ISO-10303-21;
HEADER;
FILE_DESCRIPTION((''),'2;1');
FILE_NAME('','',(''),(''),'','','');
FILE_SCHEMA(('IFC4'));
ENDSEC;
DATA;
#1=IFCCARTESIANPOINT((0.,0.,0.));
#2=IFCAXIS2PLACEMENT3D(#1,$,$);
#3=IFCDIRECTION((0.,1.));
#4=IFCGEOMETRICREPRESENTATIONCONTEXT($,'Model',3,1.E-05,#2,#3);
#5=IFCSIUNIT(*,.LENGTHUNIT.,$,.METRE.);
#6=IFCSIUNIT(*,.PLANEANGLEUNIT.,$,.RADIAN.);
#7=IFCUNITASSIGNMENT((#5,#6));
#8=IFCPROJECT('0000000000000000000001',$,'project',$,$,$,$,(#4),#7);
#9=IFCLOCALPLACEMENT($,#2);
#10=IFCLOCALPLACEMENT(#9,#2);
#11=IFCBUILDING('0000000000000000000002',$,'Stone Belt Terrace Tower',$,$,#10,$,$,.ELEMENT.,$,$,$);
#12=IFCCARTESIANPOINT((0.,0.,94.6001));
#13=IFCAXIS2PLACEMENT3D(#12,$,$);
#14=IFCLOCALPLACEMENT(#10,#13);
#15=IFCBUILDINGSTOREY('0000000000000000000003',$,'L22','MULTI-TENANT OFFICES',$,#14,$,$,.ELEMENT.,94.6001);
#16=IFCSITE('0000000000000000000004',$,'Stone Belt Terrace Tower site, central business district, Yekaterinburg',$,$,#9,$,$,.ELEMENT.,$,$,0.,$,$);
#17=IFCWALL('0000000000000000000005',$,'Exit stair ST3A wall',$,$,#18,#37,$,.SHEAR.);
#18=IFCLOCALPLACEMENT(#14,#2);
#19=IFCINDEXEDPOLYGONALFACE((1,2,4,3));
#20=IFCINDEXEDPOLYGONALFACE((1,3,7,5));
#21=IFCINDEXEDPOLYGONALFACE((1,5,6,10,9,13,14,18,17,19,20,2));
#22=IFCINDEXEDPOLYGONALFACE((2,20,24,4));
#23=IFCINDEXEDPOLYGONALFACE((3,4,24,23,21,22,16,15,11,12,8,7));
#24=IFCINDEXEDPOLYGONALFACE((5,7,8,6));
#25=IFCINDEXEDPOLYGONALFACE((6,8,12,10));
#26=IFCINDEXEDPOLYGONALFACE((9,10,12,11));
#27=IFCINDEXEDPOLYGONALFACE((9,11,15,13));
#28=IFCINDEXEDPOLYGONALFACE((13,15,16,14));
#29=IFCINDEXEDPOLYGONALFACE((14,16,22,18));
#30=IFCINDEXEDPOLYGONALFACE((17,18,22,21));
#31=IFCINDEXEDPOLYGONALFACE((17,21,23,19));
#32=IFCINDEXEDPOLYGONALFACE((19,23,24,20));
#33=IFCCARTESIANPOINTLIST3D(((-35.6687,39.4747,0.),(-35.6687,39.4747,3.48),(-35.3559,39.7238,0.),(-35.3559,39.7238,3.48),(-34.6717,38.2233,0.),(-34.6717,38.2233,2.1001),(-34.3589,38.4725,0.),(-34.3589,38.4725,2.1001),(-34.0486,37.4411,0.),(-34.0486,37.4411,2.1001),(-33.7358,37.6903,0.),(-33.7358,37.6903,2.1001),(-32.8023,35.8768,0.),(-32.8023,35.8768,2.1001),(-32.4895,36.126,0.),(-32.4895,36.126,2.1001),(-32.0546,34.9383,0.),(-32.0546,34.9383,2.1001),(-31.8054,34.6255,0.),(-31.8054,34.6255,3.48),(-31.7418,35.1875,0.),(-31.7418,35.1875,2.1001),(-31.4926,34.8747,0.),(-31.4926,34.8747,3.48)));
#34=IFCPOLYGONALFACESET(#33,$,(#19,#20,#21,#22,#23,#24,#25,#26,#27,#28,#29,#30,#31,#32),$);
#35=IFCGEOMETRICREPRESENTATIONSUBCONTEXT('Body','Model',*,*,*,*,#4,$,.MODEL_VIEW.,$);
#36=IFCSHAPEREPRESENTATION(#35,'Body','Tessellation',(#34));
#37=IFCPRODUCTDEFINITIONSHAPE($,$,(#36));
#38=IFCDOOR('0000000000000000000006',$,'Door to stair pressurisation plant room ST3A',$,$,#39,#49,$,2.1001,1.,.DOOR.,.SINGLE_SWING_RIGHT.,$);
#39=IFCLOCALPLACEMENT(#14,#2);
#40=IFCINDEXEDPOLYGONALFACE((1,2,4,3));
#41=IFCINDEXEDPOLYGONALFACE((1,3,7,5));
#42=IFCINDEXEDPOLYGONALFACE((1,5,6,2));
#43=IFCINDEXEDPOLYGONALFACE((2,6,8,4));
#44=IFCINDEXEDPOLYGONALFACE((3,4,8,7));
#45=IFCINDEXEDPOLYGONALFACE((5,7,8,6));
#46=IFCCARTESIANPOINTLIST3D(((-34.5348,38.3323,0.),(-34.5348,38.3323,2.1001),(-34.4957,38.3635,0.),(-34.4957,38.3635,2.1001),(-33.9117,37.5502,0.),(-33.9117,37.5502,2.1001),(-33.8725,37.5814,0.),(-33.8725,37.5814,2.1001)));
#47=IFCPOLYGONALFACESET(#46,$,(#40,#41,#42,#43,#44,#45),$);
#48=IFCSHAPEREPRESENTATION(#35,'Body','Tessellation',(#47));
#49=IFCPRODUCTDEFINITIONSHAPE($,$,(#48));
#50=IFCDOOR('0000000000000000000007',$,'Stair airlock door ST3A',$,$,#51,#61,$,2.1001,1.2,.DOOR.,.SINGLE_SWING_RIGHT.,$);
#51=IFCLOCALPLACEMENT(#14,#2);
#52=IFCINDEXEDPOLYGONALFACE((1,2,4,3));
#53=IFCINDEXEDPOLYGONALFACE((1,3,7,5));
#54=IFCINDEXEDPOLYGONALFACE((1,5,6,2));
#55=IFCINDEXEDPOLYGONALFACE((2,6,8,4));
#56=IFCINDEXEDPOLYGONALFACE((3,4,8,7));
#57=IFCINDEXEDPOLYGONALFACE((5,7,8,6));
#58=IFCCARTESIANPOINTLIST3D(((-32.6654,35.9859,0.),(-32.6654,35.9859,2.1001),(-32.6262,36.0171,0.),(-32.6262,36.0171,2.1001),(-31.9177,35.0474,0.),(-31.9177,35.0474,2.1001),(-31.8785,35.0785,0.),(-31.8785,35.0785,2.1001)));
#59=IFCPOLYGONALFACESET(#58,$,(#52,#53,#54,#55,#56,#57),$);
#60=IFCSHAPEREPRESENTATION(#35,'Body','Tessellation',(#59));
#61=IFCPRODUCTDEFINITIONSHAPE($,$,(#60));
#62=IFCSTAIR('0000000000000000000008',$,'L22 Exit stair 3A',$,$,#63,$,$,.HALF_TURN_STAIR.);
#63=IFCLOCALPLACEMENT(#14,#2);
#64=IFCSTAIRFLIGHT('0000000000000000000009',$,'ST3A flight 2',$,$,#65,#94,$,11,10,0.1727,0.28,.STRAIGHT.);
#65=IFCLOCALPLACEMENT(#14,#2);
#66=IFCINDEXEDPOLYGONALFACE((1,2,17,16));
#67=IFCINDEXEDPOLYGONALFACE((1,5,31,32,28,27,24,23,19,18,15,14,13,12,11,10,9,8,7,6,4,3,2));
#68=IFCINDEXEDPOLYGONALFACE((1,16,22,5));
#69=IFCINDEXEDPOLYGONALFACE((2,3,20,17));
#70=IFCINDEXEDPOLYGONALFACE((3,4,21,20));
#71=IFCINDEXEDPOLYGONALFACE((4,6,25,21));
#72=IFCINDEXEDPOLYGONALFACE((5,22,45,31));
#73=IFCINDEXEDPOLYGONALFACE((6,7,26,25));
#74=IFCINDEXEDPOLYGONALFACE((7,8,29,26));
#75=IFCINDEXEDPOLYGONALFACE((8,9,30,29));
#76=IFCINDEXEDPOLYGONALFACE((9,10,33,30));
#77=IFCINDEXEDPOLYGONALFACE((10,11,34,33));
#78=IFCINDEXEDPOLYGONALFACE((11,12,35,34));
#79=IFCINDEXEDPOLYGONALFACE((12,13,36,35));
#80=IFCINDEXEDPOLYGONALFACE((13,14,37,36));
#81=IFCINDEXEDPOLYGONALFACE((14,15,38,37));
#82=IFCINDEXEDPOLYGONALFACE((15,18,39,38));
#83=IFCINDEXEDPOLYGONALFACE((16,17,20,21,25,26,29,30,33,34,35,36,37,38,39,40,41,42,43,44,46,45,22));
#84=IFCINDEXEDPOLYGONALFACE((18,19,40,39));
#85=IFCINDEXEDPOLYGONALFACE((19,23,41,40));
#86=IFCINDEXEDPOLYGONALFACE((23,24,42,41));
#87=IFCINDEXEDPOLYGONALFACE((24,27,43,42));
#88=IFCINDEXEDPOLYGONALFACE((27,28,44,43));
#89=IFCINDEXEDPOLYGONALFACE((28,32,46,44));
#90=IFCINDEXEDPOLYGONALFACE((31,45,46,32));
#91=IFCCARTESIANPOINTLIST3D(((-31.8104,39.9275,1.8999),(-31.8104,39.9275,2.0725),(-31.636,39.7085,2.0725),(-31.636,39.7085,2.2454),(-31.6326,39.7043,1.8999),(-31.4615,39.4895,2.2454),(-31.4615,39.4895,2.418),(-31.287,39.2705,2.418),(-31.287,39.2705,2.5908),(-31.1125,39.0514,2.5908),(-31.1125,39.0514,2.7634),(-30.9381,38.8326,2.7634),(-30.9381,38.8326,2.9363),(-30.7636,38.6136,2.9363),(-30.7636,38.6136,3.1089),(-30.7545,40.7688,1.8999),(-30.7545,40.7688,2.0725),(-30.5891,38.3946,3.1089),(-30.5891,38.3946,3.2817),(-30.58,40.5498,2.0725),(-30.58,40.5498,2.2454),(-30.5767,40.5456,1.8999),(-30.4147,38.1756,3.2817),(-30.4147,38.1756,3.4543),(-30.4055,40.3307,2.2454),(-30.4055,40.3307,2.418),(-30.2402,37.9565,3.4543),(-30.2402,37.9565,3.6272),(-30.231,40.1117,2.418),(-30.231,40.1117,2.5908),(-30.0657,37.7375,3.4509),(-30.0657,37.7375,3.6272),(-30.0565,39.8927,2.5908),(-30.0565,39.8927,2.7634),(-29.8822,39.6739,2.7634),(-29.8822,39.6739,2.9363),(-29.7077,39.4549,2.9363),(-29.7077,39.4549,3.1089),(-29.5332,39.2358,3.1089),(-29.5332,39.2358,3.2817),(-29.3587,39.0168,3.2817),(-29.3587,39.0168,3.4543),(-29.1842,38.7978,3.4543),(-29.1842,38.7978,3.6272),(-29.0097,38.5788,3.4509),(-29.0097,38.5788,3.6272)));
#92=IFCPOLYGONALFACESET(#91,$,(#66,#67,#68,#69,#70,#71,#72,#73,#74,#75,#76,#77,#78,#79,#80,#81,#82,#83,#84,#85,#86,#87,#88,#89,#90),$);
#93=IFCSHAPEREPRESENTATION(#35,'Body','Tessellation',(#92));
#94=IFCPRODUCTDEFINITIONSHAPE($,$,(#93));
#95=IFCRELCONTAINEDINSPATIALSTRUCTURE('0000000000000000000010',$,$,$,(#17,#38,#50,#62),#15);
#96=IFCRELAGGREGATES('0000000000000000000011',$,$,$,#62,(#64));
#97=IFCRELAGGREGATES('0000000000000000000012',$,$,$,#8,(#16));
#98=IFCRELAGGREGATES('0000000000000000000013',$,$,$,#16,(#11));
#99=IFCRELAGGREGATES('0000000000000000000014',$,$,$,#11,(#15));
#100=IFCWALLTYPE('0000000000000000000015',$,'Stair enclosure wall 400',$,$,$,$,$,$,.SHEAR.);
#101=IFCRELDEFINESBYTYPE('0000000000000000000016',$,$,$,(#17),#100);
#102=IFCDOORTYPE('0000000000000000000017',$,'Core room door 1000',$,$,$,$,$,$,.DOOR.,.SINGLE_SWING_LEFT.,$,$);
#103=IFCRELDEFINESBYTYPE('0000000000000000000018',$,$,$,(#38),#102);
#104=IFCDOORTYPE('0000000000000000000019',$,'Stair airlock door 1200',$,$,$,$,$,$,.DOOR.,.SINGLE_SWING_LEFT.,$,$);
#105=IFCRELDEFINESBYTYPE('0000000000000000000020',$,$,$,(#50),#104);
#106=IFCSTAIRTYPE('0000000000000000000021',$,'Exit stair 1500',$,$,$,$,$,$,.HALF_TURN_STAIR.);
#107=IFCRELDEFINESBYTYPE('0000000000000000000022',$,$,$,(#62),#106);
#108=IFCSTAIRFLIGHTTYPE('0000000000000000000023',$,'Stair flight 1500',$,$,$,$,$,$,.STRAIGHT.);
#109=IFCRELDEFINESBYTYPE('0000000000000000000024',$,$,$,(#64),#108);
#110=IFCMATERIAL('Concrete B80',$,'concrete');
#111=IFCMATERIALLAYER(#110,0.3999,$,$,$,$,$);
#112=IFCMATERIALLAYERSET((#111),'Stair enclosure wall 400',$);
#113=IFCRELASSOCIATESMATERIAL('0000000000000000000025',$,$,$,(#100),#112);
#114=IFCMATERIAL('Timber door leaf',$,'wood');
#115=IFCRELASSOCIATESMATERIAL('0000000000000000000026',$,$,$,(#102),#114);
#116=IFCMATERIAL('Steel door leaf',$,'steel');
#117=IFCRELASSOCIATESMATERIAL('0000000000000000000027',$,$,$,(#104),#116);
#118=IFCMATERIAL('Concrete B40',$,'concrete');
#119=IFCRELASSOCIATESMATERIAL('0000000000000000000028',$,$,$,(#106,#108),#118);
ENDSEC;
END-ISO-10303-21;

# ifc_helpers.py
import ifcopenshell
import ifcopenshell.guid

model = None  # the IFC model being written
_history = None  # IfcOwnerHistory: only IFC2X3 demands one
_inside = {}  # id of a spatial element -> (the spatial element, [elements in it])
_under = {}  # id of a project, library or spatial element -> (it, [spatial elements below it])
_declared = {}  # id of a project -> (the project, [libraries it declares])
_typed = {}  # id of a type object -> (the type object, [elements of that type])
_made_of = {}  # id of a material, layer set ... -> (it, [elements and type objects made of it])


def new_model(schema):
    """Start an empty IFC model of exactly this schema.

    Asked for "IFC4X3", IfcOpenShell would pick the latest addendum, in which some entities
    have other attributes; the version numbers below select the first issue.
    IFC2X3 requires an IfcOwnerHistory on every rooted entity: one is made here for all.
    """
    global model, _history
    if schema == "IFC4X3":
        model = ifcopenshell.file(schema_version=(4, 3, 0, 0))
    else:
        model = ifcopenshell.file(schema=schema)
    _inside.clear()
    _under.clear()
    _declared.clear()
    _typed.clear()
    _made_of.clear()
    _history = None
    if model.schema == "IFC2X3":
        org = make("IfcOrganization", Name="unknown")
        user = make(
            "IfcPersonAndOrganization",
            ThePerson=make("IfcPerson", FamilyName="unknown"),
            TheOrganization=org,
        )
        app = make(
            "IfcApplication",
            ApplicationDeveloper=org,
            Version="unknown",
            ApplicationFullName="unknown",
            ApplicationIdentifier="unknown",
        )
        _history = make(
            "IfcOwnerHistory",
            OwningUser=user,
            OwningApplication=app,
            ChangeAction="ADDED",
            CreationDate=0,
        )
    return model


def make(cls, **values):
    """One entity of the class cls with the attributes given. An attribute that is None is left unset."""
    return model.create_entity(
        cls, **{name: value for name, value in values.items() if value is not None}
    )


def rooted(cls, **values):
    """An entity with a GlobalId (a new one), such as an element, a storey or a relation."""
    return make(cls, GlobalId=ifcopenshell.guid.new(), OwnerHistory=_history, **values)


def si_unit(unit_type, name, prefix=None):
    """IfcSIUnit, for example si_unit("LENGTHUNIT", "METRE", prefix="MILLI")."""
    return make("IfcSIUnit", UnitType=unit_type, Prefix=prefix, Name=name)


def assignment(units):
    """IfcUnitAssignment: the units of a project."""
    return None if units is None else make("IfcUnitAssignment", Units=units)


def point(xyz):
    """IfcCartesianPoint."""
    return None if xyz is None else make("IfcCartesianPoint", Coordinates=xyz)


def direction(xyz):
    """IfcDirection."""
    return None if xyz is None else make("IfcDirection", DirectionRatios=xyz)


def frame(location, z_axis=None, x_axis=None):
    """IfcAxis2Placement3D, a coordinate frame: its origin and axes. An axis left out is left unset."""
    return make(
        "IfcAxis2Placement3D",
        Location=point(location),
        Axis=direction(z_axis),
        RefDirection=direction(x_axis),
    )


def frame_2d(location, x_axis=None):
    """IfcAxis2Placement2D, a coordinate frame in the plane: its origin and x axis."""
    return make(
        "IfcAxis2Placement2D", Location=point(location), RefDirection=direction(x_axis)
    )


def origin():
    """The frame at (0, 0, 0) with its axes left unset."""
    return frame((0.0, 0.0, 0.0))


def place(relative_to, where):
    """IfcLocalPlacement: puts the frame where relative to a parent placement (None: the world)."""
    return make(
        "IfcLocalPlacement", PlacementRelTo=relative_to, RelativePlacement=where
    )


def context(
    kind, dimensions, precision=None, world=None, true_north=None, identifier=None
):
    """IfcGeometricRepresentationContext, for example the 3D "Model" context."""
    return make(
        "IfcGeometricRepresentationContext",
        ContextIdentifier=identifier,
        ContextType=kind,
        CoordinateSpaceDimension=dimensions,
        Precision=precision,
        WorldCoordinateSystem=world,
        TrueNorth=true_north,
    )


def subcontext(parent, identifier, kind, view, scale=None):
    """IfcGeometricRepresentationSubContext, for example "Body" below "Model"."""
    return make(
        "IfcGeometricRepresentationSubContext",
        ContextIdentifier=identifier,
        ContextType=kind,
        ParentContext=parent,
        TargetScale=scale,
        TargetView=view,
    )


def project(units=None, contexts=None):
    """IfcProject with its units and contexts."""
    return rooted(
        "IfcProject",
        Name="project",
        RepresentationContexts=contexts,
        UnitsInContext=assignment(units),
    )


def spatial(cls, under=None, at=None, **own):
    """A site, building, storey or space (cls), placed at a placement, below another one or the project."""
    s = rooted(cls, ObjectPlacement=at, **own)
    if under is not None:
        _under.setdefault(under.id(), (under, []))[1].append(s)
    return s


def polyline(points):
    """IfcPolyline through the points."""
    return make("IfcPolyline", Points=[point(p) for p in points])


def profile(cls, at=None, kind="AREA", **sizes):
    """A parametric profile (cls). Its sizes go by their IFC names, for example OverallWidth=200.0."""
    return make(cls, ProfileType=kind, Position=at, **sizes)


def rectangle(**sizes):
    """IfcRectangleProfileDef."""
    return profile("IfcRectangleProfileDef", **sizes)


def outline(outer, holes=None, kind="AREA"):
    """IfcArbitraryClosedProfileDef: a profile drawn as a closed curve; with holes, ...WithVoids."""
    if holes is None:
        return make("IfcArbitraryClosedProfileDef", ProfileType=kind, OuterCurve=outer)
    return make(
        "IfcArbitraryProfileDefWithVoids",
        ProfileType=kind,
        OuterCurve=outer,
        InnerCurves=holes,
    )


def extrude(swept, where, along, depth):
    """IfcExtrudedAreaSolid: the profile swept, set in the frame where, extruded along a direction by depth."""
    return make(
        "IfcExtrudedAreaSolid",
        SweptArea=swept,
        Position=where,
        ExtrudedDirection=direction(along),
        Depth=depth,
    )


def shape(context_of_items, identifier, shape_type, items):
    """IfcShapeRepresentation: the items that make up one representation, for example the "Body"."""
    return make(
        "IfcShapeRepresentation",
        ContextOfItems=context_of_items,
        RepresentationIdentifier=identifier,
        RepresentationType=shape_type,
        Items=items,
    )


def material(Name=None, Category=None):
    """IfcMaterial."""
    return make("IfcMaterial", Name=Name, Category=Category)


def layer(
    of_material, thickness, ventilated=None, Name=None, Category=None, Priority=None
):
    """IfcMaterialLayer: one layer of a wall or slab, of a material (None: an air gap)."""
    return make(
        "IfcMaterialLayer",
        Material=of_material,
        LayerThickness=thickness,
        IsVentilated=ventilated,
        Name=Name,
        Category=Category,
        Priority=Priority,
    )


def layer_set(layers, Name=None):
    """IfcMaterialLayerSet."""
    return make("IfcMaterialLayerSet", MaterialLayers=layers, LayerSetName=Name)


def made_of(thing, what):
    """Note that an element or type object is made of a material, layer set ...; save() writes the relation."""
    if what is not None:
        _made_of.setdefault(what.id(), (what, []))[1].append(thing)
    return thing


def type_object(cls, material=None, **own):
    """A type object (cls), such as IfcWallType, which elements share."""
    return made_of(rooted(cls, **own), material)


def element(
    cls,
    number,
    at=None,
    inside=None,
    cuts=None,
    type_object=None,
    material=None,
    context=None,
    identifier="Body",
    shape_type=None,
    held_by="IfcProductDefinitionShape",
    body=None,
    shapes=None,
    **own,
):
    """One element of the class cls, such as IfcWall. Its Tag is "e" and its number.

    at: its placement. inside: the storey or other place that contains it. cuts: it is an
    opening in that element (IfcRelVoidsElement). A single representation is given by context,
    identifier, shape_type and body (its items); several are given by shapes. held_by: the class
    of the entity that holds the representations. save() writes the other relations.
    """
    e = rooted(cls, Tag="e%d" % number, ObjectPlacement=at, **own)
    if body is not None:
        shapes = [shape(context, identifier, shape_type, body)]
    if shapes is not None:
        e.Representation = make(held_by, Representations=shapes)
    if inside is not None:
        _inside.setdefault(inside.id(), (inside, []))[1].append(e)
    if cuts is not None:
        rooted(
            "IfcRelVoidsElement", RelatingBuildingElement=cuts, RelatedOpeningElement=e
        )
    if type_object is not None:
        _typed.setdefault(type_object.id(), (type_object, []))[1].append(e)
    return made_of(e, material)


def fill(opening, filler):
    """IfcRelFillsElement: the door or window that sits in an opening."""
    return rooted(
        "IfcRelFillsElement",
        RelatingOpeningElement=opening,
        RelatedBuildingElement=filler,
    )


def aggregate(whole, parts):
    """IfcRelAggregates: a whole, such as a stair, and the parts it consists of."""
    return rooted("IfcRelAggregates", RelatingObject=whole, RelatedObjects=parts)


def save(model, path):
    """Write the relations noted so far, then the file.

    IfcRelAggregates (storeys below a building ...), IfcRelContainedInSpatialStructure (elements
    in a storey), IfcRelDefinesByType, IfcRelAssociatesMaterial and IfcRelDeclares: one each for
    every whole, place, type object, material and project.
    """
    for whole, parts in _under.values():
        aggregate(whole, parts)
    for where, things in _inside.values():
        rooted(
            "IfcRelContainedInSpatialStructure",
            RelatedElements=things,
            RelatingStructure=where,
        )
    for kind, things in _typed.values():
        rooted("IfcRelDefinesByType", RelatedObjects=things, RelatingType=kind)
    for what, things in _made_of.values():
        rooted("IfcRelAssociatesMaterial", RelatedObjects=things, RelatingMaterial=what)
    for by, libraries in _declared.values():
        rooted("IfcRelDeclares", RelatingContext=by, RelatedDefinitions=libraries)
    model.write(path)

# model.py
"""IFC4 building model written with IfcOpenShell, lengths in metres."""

from ifc_helpers import new_model, si_unit, direction, frame, frame_2d, origin, place, context, subcontext, project, spatial, polyline, rectangle, outline, extrude, material, layer, layer_set, type_object, element, fill, aggregate, save


model = new_model("IFC4")

# Units and contexts
model_context = context("Model", 3, precision=1e-05, world=origin(), true_north=direction((0.0, 1.0)))
body_context = subcontext(model_context, "Body", "Model", "MODEL_VIEW")
ifc_project = project(units=[si_unit("LENGTHUNIT", "METRE"), si_unit("PLANEANGLEUNIT", "RADIAN")], contexts=[model_context])

# Site, building, storey
site_placement = place(None, origin())
site = spatial("IfcSite", under=ifc_project, at=site_placement, Name="Stone Belt Terrace Tower site, central business district, Yekaterinburg", CompositionType="ELEMENT", RefElevation=0.0)
building_placement = place(site_placement, origin())
building = spatial("IfcBuilding", under=site, at=building_placement, Name="Stone Belt Terrace Tower", CompositionType="ELEMENT")
storey_placement = place(building_placement, frame((0.0, 0.0, 94.6001)))
storey = spatial("IfcBuildingStorey", under=building, at=storey_placement, Name="L22", Description="MULTI-TENANT OFFICES", CompositionType="ELEMENT", Elevation=94.6001)

# Shared definitions
ifc_material_1 = material(Name="Concrete B80", Category="concrete")

# Shared definitions
ifc_material_2 = material(Name="Timber door leaf", Category="wood")

# Wall, openings, doors
ifc_layer_1 = layer(ifc_material_1, 0.3999)
ifc_layer_set_1 = layer_set([ifc_layer_1], Name="Stair enclosure wall 400")
wall_type_1 = type_object("IfcWallType", Name="Stair enclosure wall 400", PredefinedType="SHEAR", material=ifc_layer_set_1)
wall_1_placement = place(storey_placement, frame((-31.6489, 34.75, 0.0), z_axis=(0.0, 0.0, 1.0), x_axis=(-0.623119, 0.782127, 0.0)))
wall_1 = element("IfcWall", 1, at=wall_1_placement, inside=storey, type_object=wall_type_1, Name="Exit stair ST3A wall", PredefinedType="SHEAR", context=body_context, shape_type="SweptSolid", body=[
    extrude(rectangle(XDim=6.2, YDim=0.3999, at=frame_2d((3.1001, 0.0))), origin(), (0.0, 0.0, 1.0), 3.48),
])
opening_1_placement = place(wall_1_placement, frame((0.3999, 0.0, 0.0)))
opening_1 = element("IfcOpeningElement", 2, at=opening_1_placement, cuts=wall_1, PredefinedType="OPENING", context=body_context, shape_type="SweptSolid", body=[
    extrude(rectangle(XDim=1.2, YDim=2.1001, at=frame_2d((0.6001, 1.05))), frame((0.0, 0.21, 0.0), z_axis=(0.0, -1.0, 0.0), x_axis=(1.0, 0.0, 0.0)), (0.0, 0.0, 1.0), 0.4199),
])
opening_2_placement = place(wall_1_placement, frame((3.6001, 0.0, 0.0)))
opening_2 = element("IfcOpeningElement", 3, at=opening_2_placement, cuts=wall_1, PredefinedType="OPENING", context=body_context, shape_type="SweptSolid", body=[
    extrude(rectangle(XDim=1.0, YDim=2.1001, at=frame_2d((0.5, 1.05))), frame((0.0, 0.21, 0.0), z_axis=(0.0, -1.0, 0.0), x_axis=(1.0, 0.0, 0.0)), (0.0, 0.0, 1.0), 0.4199),
])
door_type_1 = type_object("IfcDoorType", Name="Core room door 1000", OperationType="SINGLE_SWING_LEFT", PredefinedType="DOOR", material=ifc_material_2)
door_1_placement = place(opening_2_placement, origin())
door_1 = element("IfcDoor", 4, at=door_1_placement, inside=storey, type_object=door_type_1, Name="Door to stair pressurisation plant room ST3A", OperationType="SINGLE_SWING_RIGHT", OverallHeight=2.1001, OverallWidth=1.0, PredefinedType="DOOR", context=body_context, shape_type="SweptSolid", body=[
    extrude(rectangle(XDim=1.0, YDim=2.1001, at=frame_2d((0.5, 1.05))), frame((0.0, 0.0249, 0.0), z_axis=(0.0, -1.0, 0.0), x_axis=(1.0, 0.0, 0.0)), (0.0, 0.0, 1.0), 0.05),
])
fill(opening_2, door_1)
ifc_material_3 = material(Name="Steel door leaf", Category="steel")
door_type_2 = type_object("IfcDoorType", Name="Stair airlock door 1200", OperationType="SINGLE_SWING_LEFT", PredefinedType="DOOR", material=ifc_material_3)
door_2_placement = place(opening_1_placement, origin())
door_2 = element("IfcDoor", 5, at=door_2_placement, inside=storey, type_object=door_type_2, Name="Stair airlock door ST3A", OperationType="SINGLE_SWING_RIGHT", OverallHeight=2.1001, OverallWidth=1.2, PredefinedType="DOOR", context=body_context, shape_type="SweptSolid", body=[
    extrude(rectangle(XDim=1.2, YDim=2.1001, at=frame_2d((0.6001, 1.05))), frame((0.0, 0.0249, 0.0), z_axis=(0.0, -1.0, 0.0), x_axis=(1.0, 0.0, 0.0)), (0.0, 0.0, 1.0), 0.05),
])
fill(opening_1, door_2)

# Stair, stair flight
ifc_material_4 = material(Name="Concrete B40", Category="concrete")
stair_type = type_object("IfcStairType", Name="Exit stair 1500", PredefinedType="HALF_TURN_STAIR", material=ifc_material_4)
stair_placement = place(storey_placement, origin())
stair = element("IfcStair", 6, at=stair_placement, inside=storey, type_object=stair_type, Name="L22 Exit stair 3A", PredefinedType="HALF_TURN_STAIR")
stair_flight_type = type_object("IfcStairFlightType", Name="Stair flight 1500", PredefinedType="STRAIGHT", material=ifc_material_4)
stair_flight_placement = place(storey_placement, frame((-31.2825, 40.3481, 1.8999), z_axis=(0.0, 0.0, 1.0), x_axis=(0.623121, -0.782125, 0.0)))
stair_flight = element("IfcStairFlight", 7, at=stair_flight_placement, type_object=stair_flight_type, Name="ST3A flight 2", NumberOfRisers=11, NumberOfTreads=10, PredefinedType="STRAIGHT", RiserHeight=0.1727, TreadLength=0.28, context=body_context, shape_type="SweptSolid", body=[
    extrude(outline(polyline([(0.0, 0.0), (0.0, 0.1726), (0.28, 0.1726), (0.28, 0.3455), (0.5601, 0.3455), (0.5601, 0.5181), (0.8401, 0.5181), (0.8401, 0.6909), (1.1201, 0.6909), (1.1201, 0.8635), (1.3999, 0.8635), (1.3999, 1.0364), (1.6799, 1.0364), (1.6799, 1.209), (1.96, 1.209), (1.96, 1.3818), (2.24, 1.3818), (2.24, 1.5544), (2.52, 1.5544), (2.52, 1.7273), (2.8, 1.7273), (2.8, 1.8999), (2.8, 1.551), (0.2854, 0.0), (0.0, 0.0)])), frame((0.0, 0.675, 0.0), z_axis=(0.0, -1.0, 0.0), x_axis=(1.0, 0.0, 0.0)), (0.0, 0.0, 1.0), 1.3501),
])
aggregate(stair, [stair_flight])

save(model, "model.ifc")
